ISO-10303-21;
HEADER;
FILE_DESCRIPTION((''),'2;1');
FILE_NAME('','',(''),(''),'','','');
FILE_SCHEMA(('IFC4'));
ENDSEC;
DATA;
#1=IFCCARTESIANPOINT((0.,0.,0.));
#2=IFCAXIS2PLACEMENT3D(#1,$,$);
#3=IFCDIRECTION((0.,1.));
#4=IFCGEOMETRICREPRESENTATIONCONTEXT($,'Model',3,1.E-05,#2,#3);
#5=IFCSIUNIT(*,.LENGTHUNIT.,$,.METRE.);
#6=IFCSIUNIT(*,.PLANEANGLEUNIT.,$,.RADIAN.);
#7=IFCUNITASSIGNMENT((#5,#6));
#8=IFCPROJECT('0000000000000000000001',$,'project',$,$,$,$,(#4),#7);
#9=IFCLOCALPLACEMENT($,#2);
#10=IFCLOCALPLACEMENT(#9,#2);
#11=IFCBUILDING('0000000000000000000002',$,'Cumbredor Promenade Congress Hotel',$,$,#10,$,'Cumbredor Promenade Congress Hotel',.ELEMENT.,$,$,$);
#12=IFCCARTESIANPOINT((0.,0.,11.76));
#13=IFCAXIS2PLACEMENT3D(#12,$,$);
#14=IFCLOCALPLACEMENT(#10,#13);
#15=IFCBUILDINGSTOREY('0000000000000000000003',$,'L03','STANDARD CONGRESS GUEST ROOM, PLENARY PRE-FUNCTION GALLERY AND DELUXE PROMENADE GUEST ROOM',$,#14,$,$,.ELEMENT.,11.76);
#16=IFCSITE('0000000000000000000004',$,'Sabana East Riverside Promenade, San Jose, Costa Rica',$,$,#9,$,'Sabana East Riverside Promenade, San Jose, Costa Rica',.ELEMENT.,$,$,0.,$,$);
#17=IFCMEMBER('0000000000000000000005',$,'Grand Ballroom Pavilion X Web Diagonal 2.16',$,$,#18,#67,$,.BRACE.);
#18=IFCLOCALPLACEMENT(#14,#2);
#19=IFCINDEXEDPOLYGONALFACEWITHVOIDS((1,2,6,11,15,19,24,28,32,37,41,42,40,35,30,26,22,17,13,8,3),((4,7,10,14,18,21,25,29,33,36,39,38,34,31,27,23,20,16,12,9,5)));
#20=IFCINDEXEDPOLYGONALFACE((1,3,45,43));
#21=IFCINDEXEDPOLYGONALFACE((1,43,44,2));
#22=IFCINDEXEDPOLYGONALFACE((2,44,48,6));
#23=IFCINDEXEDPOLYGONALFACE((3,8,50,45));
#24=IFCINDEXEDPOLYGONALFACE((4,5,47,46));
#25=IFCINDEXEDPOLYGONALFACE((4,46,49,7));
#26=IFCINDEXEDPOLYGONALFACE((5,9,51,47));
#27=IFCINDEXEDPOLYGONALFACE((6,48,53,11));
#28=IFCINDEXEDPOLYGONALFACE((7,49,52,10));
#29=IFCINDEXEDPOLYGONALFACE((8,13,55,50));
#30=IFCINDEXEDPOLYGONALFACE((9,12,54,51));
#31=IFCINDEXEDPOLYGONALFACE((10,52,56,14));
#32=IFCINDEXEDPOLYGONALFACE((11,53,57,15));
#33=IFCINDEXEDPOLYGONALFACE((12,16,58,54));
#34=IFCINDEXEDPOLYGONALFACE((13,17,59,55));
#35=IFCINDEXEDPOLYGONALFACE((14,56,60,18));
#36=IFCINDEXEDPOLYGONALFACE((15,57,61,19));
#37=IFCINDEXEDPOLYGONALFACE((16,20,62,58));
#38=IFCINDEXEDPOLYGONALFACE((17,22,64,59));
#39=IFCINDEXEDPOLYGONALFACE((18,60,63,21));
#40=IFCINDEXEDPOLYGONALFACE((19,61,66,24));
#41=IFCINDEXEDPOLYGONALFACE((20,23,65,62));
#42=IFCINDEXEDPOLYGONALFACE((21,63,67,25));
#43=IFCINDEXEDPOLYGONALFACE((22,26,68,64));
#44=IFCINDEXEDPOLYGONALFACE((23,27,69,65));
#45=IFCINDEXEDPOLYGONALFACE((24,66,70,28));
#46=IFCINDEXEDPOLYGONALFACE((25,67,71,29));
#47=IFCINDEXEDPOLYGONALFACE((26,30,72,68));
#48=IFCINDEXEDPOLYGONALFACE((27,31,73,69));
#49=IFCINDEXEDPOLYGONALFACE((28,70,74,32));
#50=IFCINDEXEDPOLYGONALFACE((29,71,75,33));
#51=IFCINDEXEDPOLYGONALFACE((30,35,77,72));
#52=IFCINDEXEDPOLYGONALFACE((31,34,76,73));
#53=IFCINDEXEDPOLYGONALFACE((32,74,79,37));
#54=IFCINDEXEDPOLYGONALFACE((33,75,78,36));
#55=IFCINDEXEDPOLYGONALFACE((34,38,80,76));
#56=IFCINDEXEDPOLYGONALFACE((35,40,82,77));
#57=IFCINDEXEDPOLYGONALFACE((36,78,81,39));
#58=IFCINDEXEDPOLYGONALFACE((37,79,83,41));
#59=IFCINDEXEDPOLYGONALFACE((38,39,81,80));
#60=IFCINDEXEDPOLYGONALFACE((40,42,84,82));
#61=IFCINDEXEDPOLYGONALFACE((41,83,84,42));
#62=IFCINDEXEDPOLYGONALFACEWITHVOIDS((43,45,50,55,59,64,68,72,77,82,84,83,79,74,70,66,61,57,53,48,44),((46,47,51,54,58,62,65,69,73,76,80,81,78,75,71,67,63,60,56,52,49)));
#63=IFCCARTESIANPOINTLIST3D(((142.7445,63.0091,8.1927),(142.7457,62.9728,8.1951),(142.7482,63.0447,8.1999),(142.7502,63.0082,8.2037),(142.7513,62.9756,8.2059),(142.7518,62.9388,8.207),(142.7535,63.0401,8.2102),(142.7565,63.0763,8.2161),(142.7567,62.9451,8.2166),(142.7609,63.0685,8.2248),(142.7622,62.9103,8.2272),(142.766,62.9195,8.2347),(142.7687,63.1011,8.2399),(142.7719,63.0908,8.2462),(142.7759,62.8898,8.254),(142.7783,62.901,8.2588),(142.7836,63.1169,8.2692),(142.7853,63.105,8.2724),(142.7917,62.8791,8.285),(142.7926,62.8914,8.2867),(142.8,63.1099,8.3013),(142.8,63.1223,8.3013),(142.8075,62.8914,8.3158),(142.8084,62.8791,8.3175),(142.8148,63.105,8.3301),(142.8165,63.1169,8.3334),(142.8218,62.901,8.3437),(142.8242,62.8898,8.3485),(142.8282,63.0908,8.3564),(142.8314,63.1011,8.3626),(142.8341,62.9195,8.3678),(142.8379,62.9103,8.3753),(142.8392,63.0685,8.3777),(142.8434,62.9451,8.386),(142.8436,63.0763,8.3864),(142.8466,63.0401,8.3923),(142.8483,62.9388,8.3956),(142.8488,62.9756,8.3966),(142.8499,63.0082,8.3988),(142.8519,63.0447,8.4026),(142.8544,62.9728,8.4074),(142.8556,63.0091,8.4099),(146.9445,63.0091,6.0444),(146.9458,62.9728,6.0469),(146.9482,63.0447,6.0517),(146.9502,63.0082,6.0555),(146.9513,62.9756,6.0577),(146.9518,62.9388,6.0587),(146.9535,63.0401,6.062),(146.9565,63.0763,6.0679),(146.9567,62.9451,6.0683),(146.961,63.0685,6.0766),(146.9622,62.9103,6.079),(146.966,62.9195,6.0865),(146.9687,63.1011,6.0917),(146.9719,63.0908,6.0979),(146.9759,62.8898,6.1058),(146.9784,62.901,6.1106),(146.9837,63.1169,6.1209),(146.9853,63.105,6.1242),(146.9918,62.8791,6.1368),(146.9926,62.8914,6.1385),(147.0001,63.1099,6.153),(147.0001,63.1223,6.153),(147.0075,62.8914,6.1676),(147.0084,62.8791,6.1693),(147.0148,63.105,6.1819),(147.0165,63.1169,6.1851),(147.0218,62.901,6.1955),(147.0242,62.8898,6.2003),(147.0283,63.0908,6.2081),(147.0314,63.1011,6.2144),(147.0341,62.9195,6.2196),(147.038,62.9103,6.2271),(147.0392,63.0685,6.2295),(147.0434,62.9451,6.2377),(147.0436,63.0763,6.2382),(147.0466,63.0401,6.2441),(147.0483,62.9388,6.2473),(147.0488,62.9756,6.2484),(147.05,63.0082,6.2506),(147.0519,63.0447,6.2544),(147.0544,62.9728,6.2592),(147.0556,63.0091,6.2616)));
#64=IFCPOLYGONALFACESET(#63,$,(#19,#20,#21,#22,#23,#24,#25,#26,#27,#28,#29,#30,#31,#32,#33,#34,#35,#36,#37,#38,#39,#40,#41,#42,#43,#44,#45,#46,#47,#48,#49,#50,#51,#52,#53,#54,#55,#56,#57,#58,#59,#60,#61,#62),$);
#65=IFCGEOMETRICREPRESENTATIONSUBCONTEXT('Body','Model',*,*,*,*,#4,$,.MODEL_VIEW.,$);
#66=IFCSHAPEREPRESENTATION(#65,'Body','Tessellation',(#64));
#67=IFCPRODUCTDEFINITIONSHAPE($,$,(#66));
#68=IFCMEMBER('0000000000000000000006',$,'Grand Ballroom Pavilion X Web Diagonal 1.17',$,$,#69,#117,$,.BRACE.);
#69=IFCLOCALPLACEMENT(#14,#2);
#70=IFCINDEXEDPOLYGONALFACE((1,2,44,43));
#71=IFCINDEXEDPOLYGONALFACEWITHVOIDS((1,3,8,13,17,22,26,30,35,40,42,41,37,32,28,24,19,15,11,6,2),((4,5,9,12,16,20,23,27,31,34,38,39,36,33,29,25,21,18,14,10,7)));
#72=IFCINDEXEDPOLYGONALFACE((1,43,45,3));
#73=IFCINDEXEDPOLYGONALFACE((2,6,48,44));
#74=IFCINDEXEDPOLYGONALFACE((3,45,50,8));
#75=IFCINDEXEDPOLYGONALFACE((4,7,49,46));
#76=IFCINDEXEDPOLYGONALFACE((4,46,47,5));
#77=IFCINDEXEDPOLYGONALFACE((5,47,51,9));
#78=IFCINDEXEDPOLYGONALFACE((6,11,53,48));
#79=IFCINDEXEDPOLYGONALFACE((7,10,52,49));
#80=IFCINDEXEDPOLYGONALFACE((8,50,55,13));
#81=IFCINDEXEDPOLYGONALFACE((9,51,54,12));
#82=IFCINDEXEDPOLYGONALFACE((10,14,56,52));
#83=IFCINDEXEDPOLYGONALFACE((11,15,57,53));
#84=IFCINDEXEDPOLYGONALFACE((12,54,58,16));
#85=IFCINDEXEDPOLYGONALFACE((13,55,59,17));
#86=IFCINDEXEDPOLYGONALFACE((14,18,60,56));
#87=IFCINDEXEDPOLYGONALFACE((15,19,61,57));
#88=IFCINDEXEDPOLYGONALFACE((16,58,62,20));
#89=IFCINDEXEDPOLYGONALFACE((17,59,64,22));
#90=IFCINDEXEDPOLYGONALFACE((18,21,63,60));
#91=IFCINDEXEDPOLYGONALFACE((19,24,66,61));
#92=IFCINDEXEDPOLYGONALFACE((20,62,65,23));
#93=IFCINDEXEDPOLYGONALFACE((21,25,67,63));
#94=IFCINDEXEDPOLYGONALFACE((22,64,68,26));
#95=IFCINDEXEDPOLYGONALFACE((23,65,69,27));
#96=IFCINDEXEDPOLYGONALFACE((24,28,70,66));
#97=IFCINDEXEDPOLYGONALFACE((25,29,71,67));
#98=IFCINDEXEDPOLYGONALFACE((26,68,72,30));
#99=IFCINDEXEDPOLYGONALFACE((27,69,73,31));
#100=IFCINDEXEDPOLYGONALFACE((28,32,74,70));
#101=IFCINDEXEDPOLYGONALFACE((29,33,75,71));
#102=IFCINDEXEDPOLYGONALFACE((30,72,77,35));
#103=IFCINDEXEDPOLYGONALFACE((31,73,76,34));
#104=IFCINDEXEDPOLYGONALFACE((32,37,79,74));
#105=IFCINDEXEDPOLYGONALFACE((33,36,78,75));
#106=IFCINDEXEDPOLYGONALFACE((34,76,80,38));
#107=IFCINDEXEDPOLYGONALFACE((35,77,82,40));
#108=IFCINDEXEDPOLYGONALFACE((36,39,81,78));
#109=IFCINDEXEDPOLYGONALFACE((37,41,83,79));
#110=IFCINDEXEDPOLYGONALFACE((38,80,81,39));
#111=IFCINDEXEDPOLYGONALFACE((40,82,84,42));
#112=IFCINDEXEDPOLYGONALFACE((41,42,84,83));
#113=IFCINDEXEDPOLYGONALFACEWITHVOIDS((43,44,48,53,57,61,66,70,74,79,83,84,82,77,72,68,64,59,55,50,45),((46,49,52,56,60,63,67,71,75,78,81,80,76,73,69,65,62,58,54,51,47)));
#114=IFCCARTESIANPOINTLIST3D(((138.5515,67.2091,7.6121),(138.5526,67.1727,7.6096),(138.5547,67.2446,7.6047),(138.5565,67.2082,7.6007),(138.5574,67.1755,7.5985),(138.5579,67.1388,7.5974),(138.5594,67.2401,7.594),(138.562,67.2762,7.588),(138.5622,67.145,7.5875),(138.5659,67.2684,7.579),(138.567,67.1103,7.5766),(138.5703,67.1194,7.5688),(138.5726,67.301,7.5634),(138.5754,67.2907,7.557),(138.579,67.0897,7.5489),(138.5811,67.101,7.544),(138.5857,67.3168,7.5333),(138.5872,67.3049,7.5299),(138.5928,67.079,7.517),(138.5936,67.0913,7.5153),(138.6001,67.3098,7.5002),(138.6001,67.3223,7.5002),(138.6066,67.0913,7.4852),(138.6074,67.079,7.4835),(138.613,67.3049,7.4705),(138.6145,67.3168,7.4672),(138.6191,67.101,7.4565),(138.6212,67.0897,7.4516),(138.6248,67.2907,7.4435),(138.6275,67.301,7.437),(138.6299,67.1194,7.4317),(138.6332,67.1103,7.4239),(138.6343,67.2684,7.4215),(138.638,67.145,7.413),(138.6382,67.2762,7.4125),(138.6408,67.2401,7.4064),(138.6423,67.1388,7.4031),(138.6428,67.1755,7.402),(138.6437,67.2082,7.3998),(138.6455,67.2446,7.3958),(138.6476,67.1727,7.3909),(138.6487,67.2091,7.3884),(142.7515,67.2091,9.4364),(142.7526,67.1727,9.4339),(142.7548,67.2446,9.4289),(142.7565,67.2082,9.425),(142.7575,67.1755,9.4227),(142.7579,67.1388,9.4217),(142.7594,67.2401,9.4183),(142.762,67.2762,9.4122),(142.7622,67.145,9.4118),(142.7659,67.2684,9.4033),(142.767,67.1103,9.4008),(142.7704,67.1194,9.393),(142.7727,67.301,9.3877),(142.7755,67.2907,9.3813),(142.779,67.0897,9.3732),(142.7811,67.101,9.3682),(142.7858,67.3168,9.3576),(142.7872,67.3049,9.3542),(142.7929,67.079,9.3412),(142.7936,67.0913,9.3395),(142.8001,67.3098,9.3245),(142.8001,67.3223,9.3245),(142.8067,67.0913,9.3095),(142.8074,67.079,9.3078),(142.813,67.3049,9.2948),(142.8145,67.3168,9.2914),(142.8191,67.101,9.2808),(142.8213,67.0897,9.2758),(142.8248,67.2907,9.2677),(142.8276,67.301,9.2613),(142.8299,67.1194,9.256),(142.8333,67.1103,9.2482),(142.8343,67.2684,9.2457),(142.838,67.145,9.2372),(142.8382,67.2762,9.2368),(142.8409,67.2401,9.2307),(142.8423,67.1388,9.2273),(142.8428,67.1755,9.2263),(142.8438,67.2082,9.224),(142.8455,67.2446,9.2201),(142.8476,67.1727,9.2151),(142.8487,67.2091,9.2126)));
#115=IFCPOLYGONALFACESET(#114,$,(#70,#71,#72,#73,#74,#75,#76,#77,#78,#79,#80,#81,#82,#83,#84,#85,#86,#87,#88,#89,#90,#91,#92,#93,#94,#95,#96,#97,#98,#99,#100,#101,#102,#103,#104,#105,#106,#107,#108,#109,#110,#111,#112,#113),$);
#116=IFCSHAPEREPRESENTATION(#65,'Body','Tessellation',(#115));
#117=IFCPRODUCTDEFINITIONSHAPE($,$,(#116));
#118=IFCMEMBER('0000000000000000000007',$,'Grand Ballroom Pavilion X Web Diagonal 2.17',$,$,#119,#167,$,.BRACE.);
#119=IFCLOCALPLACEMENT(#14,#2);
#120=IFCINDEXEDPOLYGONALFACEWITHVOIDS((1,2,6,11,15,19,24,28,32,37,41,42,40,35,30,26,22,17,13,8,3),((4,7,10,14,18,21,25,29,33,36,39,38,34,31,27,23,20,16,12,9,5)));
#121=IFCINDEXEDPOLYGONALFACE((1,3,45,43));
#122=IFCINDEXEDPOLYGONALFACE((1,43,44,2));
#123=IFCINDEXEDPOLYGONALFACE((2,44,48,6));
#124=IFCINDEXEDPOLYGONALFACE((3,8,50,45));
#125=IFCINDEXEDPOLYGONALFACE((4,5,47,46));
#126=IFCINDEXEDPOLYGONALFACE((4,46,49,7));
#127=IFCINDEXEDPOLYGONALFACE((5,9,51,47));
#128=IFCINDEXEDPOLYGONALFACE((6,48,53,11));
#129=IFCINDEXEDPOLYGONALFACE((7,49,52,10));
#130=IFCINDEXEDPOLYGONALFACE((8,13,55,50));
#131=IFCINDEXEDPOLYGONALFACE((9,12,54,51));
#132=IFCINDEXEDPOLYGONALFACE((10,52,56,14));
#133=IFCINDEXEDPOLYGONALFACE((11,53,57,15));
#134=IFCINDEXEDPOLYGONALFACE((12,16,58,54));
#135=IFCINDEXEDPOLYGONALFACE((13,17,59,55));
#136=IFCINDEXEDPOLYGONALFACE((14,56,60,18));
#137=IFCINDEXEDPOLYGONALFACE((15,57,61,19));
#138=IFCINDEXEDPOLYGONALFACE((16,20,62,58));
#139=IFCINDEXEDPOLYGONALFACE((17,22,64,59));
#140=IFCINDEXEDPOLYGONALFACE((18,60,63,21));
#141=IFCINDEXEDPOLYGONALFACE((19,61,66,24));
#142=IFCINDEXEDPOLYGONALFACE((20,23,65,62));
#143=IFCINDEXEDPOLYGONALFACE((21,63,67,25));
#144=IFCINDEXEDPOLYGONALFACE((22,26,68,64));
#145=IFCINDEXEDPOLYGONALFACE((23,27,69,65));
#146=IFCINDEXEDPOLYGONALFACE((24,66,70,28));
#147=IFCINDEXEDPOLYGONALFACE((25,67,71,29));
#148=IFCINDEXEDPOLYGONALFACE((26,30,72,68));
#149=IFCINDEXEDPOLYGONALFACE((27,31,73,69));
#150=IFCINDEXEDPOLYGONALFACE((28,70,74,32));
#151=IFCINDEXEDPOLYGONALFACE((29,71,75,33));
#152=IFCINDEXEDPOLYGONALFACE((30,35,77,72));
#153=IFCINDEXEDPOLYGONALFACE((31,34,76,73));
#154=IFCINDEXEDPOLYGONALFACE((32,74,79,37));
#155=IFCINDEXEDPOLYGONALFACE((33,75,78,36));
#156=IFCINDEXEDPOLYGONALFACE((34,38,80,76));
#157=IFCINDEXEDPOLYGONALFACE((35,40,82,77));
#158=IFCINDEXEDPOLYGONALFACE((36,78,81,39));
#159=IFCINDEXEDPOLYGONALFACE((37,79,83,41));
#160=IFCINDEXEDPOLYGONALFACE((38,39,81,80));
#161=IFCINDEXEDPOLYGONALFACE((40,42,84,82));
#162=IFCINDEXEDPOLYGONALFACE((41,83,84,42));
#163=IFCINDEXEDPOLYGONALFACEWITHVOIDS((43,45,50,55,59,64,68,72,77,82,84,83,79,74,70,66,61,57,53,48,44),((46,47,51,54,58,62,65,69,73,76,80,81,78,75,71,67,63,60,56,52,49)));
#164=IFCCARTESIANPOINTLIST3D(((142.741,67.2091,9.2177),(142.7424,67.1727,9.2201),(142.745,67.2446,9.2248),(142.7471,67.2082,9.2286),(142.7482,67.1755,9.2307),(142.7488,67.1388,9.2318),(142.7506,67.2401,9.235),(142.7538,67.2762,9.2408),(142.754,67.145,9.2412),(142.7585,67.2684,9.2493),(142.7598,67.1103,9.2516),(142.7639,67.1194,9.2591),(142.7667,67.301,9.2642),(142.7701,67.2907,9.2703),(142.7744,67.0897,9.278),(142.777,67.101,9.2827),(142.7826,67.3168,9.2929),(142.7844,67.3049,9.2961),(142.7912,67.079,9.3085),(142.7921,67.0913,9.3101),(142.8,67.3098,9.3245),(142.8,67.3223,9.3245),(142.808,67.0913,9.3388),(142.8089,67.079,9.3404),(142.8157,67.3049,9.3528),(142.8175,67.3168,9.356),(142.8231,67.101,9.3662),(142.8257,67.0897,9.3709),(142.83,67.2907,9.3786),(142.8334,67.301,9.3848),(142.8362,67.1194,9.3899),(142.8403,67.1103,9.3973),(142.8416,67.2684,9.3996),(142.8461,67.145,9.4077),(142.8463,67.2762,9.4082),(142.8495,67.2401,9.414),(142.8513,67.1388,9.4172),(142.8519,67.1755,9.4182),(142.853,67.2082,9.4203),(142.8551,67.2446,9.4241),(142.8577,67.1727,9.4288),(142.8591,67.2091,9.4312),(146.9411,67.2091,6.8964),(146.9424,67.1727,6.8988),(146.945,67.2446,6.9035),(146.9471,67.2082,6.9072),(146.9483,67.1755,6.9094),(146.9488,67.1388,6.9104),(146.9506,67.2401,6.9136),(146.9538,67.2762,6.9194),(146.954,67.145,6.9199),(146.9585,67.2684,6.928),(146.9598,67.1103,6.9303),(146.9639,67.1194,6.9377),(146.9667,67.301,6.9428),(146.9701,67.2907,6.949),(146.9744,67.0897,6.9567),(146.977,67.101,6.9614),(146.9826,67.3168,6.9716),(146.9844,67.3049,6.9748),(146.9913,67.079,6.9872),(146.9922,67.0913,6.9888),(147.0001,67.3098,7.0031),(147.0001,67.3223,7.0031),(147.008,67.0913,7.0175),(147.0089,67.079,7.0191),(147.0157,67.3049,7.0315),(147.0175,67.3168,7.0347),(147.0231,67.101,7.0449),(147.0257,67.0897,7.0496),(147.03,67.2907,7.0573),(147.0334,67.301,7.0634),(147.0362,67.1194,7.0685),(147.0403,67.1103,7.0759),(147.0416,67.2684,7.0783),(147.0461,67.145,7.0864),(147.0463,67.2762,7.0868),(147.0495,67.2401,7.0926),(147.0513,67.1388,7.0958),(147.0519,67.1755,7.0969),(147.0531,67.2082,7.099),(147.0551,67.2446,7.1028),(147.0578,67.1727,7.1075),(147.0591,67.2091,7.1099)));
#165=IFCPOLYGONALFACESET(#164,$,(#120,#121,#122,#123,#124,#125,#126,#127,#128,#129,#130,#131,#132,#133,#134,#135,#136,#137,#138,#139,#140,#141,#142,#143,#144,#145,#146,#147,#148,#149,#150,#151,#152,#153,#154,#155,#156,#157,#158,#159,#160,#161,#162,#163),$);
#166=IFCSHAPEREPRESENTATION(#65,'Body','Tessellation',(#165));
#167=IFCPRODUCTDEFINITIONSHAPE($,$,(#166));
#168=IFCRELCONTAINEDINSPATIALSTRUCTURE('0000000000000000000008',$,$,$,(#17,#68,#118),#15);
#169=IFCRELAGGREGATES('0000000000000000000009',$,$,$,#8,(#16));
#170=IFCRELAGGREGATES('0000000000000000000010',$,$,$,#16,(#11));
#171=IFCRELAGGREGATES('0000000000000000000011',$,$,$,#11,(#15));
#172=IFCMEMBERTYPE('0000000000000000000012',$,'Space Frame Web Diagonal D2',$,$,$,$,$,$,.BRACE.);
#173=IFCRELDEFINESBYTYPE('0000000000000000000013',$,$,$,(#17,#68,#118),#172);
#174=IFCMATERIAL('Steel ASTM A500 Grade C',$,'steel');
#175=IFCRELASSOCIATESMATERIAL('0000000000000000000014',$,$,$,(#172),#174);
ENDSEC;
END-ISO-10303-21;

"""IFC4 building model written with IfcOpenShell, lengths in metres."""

from ifc_helpers import new_model, si_unit, direction, frame, origin, origin_2d, place, context, subcontext, project, spatial, hollow_circle, extrude, material, material_profile, profile_set, type_object, element, save


model = new_model("IFC4")

# Units and contexts
model_context = context("Model", 3, precision=1e-05, world=origin(), true_north=direction((0.0, 1.0)))
body_context = subcontext(model_context, "Body", "Model", "MODEL_VIEW")
ifc_project = project(units=[si_unit("LENGTHUNIT", "METRE"), si_unit("PLANEANGLEUNIT", "RADIAN")], contexts=[model_context])

# Site, building, storey
site_placement = place(None, origin())
site = spatial("IfcSite", under=ifc_project, at=site_placement, Name="Sabana East Riverside Promenade, San Jose, Costa Rica", LongName="Sabana East Riverside Promenade, San Jose, Costa Rica", CompositionType="ELEMENT", RefElevation=0.0)
building_placement = place(site_placement, origin())
building = spatial("IfcBuilding", under=site, at=building_placement, Name="Cumbredor Promenade Congress Hotel", LongName="Cumbredor Promenade Congress Hotel", CompositionType="ELEMENT")
storey_placement = place(building_placement, frame((0.0, 0.0, 11.76)))
storey = spatial("IfcBuildingStorey", under=building, at=storey_placement, Name="L03", Description="STANDARD CONGRESS GUEST ROOM, PLENARY PRE-FUNCTION GALLERY AND DELUXE PROMENADE GUEST ROOM", CompositionType="ELEMENT", Elevation=11.76)

# Members
ifc_material_1 = material(Name="Steel ASTM A500 Grade C", Category="steel")
ifc_material_profile_1 = material_profile(ifc_material_1, hollow_circle(Radius=0.1223, WallThickness=0.0125, at=origin_2d()), Name="CHS 244.5x12.5")
ifc_profile_set_1 = profile_set([ifc_material_profile_1], Name="Steel ASTM A500 Grade C")
member_type_1 = type_object("IfcMemberType", Name="Space Frame Web Diagonal D2", PredefinedType="BRACE", material=ifc_profile_set_1)
member_1_placement = place(storey_placement, frame((142.8, 63.0, 8.3013), z_axis=(0.890301, 0.0, -0.455372), x_axis=(0.0, 1.0, 0.0)))
element("IfcMember", 1, at=member_1_placement, inside=storey, type_object=member_type_1, Name="Grand Ballroom Pavilion X Web Diagonal 2.16", PredefinedType="BRACE", context=body_context, shape_type="SweptSolid", body=[
    extrude(hollow_circle(Radius=0.1223, WallThickness=0.0125, at=origin_2d()), origin(), (0.0, 0.0, 1.0), 4.7175),
])
member_2_placement = place(storey_placement, frame((138.6001, 67.2, 7.5002), z_axis=(0.917217, 0.0, 0.398387), x_axis=(0.0, 1.0, 0.0)))
element("IfcMember", 2, at=member_2_placement, inside=storey, type_object=member_type_1, Name="Grand Ballroom Pavilion X Web Diagonal 1.17", PredefinedType="BRACE", context=body_context, shape_type="SweptSolid", body=[
    extrude(hollow_circle(Radius=0.1223, WallThickness=0.0125, at=origin_2d()), origin(), (0.0, 0.0, 1.0), 4.5791),
])
member_3_placement = place(storey_placement, frame((142.8, 67.2, 9.3245), z_axis=(0.875218, 0.0, -0.483728), x_axis=(0.0, 1.0, 0.0)))
element("IfcMember", 3, at=member_3_placement, inside=storey, type_object=member_type_1, Name="Grand Ballroom Pavilion X Web Diagonal 2.17", PredefinedType="BRACE", context=body_context, shape_type="SweptSolid", body=[
    extrude(hollow_circle(Radius=0.1223, WallThickness=0.0125, at=origin_2d()), origin(), (0.0, 0.0, 1.0), 4.7988),
])

save(model, "model.ifc")
